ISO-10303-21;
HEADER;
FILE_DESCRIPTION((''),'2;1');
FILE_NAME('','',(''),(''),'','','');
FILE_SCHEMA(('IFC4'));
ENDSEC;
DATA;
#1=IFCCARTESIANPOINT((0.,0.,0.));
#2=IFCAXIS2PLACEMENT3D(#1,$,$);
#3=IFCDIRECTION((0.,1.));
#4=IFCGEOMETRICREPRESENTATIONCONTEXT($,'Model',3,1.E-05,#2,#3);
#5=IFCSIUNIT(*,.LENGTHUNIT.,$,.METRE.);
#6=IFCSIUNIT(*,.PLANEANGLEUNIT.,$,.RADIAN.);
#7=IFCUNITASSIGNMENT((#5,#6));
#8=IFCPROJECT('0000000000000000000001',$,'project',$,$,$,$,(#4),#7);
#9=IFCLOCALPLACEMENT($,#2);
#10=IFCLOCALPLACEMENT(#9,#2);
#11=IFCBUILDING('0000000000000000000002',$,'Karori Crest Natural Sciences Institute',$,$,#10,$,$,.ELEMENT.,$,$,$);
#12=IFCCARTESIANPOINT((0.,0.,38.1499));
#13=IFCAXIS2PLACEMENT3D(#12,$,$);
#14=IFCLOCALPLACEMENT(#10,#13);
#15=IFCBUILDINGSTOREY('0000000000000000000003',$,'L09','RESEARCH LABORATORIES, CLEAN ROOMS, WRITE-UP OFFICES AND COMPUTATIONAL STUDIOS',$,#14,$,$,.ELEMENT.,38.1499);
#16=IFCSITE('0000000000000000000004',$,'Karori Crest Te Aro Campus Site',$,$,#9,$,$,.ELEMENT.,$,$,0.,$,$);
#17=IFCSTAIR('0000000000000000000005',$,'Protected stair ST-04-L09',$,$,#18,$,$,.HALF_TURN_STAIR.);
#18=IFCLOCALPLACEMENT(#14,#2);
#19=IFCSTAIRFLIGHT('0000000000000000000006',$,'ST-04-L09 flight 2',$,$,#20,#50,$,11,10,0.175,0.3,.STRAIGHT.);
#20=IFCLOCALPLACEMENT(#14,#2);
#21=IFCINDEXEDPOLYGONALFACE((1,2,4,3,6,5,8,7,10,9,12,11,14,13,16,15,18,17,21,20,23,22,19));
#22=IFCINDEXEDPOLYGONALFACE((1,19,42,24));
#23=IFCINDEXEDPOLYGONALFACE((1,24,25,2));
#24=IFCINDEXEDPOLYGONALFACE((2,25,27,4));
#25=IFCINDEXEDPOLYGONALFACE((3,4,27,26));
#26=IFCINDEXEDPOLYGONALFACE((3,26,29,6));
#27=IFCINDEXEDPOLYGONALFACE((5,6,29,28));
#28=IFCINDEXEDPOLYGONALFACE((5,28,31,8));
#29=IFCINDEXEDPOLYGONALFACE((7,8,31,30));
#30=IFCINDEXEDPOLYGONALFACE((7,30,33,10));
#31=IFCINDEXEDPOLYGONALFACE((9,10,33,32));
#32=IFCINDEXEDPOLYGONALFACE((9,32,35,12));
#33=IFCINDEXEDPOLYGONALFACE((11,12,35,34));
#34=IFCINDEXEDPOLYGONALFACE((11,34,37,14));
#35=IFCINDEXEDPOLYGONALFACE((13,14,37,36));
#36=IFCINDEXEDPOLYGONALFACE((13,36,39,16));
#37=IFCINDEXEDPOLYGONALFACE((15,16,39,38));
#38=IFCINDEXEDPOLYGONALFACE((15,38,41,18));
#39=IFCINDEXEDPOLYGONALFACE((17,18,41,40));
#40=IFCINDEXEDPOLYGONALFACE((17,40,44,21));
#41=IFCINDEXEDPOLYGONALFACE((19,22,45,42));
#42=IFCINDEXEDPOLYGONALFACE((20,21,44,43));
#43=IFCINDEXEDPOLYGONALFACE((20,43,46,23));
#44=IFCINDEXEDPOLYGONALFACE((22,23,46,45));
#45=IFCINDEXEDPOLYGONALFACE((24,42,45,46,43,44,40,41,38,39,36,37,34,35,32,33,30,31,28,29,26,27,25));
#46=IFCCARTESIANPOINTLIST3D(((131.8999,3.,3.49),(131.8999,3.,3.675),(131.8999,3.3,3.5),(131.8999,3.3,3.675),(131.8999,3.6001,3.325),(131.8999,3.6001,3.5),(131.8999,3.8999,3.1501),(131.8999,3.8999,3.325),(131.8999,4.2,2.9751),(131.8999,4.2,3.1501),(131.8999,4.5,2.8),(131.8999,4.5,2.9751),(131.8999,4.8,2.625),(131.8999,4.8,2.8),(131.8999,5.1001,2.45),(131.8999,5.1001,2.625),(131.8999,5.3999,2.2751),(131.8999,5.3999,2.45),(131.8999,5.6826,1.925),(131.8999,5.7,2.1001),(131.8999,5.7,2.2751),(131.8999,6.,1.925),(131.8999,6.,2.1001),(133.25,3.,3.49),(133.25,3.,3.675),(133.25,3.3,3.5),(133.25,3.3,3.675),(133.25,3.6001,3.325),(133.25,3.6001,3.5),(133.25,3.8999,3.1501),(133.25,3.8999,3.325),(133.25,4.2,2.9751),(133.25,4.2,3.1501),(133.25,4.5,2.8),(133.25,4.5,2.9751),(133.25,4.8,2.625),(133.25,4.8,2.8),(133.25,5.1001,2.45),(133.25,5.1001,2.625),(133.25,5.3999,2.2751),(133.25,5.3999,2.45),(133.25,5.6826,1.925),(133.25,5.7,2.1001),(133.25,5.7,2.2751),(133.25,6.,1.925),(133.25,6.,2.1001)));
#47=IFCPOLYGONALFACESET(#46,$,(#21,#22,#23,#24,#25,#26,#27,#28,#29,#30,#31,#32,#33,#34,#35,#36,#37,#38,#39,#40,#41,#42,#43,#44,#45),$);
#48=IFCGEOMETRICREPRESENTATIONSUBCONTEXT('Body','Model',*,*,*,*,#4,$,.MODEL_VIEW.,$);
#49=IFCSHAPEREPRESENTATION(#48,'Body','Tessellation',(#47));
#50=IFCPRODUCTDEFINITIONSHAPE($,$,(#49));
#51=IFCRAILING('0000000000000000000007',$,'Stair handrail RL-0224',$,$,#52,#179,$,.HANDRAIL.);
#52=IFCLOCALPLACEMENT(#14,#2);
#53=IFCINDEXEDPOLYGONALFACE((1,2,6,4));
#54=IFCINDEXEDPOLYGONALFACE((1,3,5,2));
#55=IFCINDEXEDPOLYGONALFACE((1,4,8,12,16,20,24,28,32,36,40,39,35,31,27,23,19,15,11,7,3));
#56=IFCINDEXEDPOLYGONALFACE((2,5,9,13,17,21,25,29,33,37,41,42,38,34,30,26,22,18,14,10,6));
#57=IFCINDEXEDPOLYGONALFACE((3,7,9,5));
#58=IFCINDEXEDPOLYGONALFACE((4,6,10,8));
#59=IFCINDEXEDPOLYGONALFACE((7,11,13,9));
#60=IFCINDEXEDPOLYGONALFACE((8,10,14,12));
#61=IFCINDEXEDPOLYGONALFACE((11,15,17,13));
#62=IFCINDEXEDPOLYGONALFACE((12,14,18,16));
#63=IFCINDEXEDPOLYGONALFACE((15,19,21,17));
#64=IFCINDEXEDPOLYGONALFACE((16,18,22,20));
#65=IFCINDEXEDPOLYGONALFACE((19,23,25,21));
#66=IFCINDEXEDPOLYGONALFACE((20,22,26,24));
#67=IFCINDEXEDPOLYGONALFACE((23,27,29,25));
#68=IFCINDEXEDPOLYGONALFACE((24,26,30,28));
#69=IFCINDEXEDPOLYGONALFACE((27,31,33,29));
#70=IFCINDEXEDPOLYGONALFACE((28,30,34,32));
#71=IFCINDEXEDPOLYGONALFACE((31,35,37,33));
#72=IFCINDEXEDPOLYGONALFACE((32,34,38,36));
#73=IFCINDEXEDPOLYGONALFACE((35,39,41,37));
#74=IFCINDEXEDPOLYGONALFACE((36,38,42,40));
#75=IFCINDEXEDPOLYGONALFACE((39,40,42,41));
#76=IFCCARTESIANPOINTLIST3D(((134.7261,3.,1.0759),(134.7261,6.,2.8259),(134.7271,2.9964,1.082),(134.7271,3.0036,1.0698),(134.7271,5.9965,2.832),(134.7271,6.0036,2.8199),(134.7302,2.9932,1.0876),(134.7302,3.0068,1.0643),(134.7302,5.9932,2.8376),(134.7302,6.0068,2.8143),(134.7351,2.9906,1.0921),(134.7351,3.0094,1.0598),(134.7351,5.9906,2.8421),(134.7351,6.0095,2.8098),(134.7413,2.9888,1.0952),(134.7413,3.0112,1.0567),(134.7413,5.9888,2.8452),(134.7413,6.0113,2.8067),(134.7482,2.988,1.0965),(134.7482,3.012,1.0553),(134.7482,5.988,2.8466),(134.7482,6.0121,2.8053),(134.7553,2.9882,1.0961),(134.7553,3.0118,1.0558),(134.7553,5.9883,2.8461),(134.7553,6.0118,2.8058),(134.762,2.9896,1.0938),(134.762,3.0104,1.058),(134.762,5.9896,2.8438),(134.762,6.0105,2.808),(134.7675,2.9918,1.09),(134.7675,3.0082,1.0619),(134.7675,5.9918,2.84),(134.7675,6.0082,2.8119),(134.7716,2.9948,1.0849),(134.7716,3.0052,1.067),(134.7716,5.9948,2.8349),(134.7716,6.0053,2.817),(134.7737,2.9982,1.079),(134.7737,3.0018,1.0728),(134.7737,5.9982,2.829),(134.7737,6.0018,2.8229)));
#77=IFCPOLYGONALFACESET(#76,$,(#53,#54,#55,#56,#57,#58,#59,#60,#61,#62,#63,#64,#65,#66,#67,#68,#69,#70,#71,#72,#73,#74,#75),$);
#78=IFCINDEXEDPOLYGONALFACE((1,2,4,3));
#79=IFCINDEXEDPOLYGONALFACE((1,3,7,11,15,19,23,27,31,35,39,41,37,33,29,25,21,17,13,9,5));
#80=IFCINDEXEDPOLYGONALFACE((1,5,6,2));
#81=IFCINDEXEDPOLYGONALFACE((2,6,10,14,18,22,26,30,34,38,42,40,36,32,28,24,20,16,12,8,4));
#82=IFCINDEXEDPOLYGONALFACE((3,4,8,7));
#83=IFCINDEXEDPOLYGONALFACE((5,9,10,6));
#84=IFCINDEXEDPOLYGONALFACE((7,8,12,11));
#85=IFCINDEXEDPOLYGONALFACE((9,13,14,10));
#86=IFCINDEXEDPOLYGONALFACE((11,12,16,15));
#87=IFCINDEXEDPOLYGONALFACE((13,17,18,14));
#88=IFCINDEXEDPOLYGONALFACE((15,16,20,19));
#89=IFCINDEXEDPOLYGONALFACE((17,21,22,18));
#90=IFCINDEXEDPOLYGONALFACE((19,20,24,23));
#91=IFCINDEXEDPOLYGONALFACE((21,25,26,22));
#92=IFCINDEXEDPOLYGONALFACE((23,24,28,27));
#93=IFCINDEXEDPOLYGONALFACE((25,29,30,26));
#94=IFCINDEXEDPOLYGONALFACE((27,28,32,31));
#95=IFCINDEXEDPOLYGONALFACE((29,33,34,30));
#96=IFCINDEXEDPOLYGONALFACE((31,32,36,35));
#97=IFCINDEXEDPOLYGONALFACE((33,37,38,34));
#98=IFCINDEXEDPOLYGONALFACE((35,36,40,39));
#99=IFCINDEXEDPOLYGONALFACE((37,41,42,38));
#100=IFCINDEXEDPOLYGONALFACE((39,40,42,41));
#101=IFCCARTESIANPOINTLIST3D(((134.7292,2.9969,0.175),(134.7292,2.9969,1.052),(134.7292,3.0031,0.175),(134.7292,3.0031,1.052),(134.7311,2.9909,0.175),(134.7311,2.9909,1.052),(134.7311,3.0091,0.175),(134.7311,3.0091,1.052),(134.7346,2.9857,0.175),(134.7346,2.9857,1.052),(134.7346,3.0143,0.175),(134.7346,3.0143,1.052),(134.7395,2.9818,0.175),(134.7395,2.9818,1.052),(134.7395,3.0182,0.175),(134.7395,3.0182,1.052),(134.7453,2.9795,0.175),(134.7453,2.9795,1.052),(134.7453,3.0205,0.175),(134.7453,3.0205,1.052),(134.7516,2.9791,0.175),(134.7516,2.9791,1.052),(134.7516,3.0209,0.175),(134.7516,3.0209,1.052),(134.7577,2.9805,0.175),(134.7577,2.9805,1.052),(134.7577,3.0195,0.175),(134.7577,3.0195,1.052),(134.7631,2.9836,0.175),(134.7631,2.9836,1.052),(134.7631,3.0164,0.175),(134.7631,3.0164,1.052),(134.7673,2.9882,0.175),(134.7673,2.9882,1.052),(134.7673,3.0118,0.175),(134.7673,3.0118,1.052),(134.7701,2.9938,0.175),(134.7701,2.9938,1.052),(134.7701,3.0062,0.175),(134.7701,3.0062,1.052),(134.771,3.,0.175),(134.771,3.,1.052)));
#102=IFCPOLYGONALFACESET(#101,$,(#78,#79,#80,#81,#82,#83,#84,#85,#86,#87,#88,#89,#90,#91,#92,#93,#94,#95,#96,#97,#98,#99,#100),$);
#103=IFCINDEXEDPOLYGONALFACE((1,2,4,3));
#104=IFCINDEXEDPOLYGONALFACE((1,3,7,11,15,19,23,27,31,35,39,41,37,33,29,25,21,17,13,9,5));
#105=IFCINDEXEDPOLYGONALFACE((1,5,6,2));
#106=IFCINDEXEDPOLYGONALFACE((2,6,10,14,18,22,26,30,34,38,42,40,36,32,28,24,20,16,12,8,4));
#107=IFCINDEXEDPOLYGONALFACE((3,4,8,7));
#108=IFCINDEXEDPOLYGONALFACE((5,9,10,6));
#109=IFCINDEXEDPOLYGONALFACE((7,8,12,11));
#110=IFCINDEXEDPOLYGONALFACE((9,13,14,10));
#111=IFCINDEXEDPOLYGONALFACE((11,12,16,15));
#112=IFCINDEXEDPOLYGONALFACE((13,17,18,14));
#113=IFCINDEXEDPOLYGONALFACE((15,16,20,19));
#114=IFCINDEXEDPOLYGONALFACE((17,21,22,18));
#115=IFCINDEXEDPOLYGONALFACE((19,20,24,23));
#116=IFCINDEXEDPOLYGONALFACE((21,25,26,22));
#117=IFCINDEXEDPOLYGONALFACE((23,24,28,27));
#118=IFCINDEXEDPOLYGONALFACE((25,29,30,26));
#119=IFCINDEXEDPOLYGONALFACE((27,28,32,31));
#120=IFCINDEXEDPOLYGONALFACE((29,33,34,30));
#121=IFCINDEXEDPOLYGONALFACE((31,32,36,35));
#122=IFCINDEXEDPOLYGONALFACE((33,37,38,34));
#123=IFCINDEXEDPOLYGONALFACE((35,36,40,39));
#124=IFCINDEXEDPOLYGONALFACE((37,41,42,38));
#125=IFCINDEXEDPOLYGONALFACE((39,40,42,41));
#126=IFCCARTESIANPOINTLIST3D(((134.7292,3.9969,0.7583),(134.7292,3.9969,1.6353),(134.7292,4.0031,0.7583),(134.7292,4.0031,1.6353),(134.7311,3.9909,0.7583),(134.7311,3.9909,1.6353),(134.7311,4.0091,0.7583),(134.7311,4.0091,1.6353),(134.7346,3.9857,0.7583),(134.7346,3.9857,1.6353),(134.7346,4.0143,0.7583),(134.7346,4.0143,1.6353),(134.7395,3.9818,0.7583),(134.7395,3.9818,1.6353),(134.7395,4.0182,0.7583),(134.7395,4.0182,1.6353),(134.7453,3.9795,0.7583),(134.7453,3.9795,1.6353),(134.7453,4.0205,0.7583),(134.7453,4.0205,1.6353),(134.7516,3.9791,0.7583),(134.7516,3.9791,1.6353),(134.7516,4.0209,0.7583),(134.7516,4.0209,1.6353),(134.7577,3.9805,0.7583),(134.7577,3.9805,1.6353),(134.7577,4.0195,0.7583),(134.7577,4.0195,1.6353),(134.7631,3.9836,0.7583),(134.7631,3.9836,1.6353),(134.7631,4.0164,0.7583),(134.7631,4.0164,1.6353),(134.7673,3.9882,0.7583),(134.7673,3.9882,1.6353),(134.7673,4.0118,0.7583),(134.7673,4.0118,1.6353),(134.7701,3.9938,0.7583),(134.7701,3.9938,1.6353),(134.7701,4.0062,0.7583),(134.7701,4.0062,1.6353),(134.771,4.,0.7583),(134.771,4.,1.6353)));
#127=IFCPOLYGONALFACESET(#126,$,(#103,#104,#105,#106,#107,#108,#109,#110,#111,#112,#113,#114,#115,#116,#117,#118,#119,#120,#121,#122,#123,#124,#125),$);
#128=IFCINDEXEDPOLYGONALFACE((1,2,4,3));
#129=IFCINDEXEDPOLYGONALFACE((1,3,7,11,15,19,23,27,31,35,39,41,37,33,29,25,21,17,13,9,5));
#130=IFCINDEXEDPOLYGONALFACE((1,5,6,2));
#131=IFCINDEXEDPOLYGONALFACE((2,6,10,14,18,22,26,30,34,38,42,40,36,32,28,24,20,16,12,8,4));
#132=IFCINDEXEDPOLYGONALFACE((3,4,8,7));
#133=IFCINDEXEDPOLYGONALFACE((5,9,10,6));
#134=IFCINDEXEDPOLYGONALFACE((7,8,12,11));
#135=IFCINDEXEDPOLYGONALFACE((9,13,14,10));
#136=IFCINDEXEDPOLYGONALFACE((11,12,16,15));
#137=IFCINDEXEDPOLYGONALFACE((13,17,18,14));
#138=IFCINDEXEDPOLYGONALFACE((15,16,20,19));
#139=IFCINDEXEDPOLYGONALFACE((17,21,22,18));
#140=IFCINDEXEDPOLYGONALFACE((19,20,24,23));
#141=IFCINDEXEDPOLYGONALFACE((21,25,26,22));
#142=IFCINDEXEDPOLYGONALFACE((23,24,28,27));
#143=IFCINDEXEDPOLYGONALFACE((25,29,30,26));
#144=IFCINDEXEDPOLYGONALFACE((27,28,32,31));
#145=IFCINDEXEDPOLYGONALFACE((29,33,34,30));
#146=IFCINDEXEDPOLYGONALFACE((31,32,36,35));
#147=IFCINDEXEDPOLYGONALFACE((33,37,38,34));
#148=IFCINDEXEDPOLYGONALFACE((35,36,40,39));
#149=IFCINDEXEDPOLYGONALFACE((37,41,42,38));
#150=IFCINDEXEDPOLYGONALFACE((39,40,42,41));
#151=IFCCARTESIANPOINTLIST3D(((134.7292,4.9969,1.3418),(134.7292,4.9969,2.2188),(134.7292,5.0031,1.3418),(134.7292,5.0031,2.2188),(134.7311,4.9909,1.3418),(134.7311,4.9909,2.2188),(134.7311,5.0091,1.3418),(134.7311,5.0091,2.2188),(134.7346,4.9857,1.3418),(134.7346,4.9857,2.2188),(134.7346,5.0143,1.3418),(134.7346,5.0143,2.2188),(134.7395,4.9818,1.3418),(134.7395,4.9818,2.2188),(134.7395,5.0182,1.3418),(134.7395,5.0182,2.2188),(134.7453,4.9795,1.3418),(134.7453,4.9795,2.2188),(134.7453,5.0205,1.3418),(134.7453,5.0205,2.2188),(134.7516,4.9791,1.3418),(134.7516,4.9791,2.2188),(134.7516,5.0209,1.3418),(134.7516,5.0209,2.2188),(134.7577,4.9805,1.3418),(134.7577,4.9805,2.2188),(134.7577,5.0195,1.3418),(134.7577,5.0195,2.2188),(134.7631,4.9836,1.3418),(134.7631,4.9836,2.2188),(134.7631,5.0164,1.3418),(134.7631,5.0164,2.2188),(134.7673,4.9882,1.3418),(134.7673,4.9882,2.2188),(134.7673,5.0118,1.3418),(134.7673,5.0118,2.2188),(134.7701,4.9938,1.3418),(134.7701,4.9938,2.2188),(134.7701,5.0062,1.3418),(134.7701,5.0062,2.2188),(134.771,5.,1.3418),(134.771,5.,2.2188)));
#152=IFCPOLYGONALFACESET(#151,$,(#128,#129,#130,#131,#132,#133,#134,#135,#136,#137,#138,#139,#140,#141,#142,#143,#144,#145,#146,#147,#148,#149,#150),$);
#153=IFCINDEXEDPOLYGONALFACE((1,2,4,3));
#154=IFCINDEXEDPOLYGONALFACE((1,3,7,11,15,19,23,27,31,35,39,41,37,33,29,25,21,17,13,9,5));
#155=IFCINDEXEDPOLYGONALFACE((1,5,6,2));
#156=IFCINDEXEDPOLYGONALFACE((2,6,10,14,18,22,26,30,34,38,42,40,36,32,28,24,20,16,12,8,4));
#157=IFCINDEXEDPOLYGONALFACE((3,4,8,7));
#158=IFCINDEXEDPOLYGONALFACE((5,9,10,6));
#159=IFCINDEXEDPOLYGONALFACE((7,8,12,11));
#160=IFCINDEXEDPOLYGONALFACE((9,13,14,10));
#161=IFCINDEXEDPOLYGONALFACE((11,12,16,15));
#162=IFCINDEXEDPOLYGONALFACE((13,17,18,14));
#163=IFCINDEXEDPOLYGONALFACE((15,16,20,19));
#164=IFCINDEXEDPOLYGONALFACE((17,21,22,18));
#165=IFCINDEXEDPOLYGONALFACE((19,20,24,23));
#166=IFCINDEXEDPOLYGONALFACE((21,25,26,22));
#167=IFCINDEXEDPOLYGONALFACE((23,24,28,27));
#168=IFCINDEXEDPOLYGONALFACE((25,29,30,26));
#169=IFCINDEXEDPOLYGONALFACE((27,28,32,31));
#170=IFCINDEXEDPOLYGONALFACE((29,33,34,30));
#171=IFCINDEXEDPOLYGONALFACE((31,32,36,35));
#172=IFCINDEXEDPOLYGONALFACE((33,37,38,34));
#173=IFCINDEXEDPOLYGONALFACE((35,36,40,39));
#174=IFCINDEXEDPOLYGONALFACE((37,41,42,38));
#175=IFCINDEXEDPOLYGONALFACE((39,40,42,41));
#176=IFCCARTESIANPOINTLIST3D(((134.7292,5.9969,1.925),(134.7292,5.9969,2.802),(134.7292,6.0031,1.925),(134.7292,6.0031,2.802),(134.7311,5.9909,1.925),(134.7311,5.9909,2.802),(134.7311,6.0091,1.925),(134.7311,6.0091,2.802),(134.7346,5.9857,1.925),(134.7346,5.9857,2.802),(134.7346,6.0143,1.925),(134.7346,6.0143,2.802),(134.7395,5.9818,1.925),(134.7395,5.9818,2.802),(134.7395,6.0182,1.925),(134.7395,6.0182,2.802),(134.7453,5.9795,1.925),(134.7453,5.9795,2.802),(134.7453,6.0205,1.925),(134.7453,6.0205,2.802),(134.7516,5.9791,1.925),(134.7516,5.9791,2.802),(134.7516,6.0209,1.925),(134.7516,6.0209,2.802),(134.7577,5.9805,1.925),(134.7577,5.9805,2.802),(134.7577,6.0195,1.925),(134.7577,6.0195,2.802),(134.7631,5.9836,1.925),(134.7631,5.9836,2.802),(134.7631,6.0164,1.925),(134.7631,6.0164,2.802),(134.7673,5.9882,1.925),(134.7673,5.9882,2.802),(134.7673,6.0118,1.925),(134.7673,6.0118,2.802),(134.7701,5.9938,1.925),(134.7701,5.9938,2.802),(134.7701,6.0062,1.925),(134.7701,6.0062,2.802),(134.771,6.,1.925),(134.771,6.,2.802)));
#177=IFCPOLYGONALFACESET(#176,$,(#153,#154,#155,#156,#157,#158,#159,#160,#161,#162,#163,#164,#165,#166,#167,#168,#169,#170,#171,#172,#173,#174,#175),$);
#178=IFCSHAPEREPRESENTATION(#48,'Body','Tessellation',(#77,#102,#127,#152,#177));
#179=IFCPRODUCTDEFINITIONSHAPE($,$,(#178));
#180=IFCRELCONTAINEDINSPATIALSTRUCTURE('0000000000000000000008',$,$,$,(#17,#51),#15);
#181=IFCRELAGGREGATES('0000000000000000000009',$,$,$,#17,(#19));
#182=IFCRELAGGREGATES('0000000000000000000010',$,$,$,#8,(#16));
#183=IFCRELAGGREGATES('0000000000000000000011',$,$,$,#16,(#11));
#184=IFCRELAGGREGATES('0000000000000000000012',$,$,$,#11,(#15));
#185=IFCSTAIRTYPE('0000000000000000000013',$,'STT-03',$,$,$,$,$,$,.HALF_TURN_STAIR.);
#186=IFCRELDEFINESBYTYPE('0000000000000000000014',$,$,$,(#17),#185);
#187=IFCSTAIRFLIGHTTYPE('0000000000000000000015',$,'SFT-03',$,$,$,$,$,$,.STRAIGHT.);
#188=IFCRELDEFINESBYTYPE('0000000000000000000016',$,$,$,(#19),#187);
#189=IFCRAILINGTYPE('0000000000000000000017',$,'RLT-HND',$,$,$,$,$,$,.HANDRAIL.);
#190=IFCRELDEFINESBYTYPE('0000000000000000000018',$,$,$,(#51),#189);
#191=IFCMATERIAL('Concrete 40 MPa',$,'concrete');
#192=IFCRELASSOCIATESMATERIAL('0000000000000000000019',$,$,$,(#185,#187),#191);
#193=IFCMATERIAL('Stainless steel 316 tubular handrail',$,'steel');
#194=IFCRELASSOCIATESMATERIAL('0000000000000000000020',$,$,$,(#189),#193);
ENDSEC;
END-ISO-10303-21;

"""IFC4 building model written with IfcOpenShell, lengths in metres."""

from ifc_helpers import new_model, si_unit, direction, frame, origin, origin_2d, place, context, subcontext, project, spatial, polyline, circle, outline, extrude, material, type_object, element, aggregate, save


model = new_model("IFC4")

# Units and contexts
model_context = context("Model", 3, precision=1e-05, world=origin(), true_north=direction((0.0, 1.0)))
body_context = subcontext(model_context, "Body", "Model", "MODEL_VIEW")
ifc_project = project(units=[si_unit("LENGTHUNIT", "METRE"), si_unit("PLANEANGLEUNIT", "RADIAN")], contexts=[model_context])

# Site, building, storey
site_placement = place(None, origin())
site = spatial("IfcSite", under=ifc_project, at=site_placement, Name="Karori Crest Te Aro Campus Site", CompositionType="ELEMENT", RefElevation=0.0)
building_placement = place(site_placement, origin())
building = spatial("IfcBuilding", under=site, at=building_placement, Name="Karori Crest Natural Sciences Institute", CompositionType="ELEMENT")
storey_placement = place(building_placement, frame((0.0, 0.0, 38.1499)))
storey = spatial("IfcBuildingStorey", under=building, at=storey_placement, Name="L09", Description="RESEARCH LABORATORIES, CLEAN ROOMS, WRITE-UP OFFICES AND COMPUTATIONAL STUDIOS", CompositionType="ELEMENT", Elevation=38.1499)

# Shared definitions
ifc_material_1 = material(Name="Concrete 40 MPa", Category="concrete")

# Stair, stair flight
stair_type = type_object("IfcStairType", Name="STT-03", PredefinedType="HALF_TURN_STAIR", material=ifc_material_1)
stair_placement = place(storey_placement, origin())
stair = element("IfcStair", 1, at=stair_placement, inside=storey, type_object=stair_type, Name="Protected stair ST-04-L09", PredefinedType="HALF_TURN_STAIR")
stair_flight_type = type_object("IfcStairFlightType", Name="SFT-03", PredefinedType="STRAIGHT", material=ifc_material_1)
stair_flight_1_placement = place(storey_placement, frame((132.575, 6.0, 1.925), z_axis=(0.0, 0.0, 1.0), x_axis=(0.0, -1.0, 0.0)))
stair_flight_1 = element("IfcStairFlight", 2, at=stair_flight_1_placement, type_object=stair_flight_type, Name="ST-04-L09 flight 2", NumberOfRisers=11, NumberOfTreads=10, PredefinedType="STRAIGHT", RiserHeight=0.175, TreadLength=0.3, context=body_context, shape_type="SweptSolid", body=[
    extrude(outline(polyline([(0.0, 0.0), (0.0, 0.175), (0.3, 0.175), (0.3, 0.3501), (0.6001, 0.3501), (0.6001, 0.5249), (0.8999, 0.5249), (0.8999, 0.7), (1.2, 0.7), (1.2, 0.875), (1.5, 0.875), (1.5, 1.05), (1.8, 1.05), (1.8, 1.2251), (2.1001, 1.2251), (2.1001, 1.3999), (2.3999, 1.3999), (2.3999, 1.575), (2.7, 1.575), (2.7, 1.75), (3.0, 1.75), (3.0, 1.925), (3.0, 1.5649), (0.3174, 0.0), (0.0, 0.0)])), frame((0.0, 0.675, 0.0), z_axis=(0.0, -1.0, 0.0), x_axis=(1.0, 0.0, 0.0)), (0.0, 0.0, 1.0), 1.3501),
])
aggregate(stair, [stair_flight_1])

# Railing
ifc_material_2 = material(Name="Stainless steel 316 tubular handrail", Category="steel")
railing_type_1 = type_object("IfcRailingType", Name="RLT-HND", PredefinedType="HANDRAIL", material=ifc_material_2)
railing_1_placement = place(storey_placement, frame((134.75, 3.0, 0.175)))
element("IfcRailing", 3, at=railing_1_placement, inside=storey, type_object=railing_type_1, Name="Stair handrail RL-0224", PredefinedType="HANDRAIL", context=body_context, shape_type="SweptSolid", body=[
    extrude(circle(Radius=0.0239, at=origin_2d()), frame((0.0, 0.0, 0.9009), z_axis=(0.0, 0.863779, 0.503871), x_axis=(-1.0, 0.0, 0.0)), (0.0, 0.0, 1.0), 3.4731),
    extrude(circle(Radius=0.021, at=origin_2d()), origin(), (0.0, 0.0, 1.0), 0.877),
    extrude(circle(Radius=0.021, at=origin_2d()), frame((0.0, 1.0, 0.5833)), (0.0, 0.0, 1.0), 0.877),
    extrude(circle(Radius=0.021, at=origin_2d()), frame((0.0, 2.0, 1.1667)), (0.0, 0.0, 1.0), 0.877),
    extrude(circle(Radius=0.021, at=origin_2d()), frame((0.0, 3.0, 1.75)), (0.0, 0.0, 1.0), 0.877),
])

save(model, "model.ifc")
